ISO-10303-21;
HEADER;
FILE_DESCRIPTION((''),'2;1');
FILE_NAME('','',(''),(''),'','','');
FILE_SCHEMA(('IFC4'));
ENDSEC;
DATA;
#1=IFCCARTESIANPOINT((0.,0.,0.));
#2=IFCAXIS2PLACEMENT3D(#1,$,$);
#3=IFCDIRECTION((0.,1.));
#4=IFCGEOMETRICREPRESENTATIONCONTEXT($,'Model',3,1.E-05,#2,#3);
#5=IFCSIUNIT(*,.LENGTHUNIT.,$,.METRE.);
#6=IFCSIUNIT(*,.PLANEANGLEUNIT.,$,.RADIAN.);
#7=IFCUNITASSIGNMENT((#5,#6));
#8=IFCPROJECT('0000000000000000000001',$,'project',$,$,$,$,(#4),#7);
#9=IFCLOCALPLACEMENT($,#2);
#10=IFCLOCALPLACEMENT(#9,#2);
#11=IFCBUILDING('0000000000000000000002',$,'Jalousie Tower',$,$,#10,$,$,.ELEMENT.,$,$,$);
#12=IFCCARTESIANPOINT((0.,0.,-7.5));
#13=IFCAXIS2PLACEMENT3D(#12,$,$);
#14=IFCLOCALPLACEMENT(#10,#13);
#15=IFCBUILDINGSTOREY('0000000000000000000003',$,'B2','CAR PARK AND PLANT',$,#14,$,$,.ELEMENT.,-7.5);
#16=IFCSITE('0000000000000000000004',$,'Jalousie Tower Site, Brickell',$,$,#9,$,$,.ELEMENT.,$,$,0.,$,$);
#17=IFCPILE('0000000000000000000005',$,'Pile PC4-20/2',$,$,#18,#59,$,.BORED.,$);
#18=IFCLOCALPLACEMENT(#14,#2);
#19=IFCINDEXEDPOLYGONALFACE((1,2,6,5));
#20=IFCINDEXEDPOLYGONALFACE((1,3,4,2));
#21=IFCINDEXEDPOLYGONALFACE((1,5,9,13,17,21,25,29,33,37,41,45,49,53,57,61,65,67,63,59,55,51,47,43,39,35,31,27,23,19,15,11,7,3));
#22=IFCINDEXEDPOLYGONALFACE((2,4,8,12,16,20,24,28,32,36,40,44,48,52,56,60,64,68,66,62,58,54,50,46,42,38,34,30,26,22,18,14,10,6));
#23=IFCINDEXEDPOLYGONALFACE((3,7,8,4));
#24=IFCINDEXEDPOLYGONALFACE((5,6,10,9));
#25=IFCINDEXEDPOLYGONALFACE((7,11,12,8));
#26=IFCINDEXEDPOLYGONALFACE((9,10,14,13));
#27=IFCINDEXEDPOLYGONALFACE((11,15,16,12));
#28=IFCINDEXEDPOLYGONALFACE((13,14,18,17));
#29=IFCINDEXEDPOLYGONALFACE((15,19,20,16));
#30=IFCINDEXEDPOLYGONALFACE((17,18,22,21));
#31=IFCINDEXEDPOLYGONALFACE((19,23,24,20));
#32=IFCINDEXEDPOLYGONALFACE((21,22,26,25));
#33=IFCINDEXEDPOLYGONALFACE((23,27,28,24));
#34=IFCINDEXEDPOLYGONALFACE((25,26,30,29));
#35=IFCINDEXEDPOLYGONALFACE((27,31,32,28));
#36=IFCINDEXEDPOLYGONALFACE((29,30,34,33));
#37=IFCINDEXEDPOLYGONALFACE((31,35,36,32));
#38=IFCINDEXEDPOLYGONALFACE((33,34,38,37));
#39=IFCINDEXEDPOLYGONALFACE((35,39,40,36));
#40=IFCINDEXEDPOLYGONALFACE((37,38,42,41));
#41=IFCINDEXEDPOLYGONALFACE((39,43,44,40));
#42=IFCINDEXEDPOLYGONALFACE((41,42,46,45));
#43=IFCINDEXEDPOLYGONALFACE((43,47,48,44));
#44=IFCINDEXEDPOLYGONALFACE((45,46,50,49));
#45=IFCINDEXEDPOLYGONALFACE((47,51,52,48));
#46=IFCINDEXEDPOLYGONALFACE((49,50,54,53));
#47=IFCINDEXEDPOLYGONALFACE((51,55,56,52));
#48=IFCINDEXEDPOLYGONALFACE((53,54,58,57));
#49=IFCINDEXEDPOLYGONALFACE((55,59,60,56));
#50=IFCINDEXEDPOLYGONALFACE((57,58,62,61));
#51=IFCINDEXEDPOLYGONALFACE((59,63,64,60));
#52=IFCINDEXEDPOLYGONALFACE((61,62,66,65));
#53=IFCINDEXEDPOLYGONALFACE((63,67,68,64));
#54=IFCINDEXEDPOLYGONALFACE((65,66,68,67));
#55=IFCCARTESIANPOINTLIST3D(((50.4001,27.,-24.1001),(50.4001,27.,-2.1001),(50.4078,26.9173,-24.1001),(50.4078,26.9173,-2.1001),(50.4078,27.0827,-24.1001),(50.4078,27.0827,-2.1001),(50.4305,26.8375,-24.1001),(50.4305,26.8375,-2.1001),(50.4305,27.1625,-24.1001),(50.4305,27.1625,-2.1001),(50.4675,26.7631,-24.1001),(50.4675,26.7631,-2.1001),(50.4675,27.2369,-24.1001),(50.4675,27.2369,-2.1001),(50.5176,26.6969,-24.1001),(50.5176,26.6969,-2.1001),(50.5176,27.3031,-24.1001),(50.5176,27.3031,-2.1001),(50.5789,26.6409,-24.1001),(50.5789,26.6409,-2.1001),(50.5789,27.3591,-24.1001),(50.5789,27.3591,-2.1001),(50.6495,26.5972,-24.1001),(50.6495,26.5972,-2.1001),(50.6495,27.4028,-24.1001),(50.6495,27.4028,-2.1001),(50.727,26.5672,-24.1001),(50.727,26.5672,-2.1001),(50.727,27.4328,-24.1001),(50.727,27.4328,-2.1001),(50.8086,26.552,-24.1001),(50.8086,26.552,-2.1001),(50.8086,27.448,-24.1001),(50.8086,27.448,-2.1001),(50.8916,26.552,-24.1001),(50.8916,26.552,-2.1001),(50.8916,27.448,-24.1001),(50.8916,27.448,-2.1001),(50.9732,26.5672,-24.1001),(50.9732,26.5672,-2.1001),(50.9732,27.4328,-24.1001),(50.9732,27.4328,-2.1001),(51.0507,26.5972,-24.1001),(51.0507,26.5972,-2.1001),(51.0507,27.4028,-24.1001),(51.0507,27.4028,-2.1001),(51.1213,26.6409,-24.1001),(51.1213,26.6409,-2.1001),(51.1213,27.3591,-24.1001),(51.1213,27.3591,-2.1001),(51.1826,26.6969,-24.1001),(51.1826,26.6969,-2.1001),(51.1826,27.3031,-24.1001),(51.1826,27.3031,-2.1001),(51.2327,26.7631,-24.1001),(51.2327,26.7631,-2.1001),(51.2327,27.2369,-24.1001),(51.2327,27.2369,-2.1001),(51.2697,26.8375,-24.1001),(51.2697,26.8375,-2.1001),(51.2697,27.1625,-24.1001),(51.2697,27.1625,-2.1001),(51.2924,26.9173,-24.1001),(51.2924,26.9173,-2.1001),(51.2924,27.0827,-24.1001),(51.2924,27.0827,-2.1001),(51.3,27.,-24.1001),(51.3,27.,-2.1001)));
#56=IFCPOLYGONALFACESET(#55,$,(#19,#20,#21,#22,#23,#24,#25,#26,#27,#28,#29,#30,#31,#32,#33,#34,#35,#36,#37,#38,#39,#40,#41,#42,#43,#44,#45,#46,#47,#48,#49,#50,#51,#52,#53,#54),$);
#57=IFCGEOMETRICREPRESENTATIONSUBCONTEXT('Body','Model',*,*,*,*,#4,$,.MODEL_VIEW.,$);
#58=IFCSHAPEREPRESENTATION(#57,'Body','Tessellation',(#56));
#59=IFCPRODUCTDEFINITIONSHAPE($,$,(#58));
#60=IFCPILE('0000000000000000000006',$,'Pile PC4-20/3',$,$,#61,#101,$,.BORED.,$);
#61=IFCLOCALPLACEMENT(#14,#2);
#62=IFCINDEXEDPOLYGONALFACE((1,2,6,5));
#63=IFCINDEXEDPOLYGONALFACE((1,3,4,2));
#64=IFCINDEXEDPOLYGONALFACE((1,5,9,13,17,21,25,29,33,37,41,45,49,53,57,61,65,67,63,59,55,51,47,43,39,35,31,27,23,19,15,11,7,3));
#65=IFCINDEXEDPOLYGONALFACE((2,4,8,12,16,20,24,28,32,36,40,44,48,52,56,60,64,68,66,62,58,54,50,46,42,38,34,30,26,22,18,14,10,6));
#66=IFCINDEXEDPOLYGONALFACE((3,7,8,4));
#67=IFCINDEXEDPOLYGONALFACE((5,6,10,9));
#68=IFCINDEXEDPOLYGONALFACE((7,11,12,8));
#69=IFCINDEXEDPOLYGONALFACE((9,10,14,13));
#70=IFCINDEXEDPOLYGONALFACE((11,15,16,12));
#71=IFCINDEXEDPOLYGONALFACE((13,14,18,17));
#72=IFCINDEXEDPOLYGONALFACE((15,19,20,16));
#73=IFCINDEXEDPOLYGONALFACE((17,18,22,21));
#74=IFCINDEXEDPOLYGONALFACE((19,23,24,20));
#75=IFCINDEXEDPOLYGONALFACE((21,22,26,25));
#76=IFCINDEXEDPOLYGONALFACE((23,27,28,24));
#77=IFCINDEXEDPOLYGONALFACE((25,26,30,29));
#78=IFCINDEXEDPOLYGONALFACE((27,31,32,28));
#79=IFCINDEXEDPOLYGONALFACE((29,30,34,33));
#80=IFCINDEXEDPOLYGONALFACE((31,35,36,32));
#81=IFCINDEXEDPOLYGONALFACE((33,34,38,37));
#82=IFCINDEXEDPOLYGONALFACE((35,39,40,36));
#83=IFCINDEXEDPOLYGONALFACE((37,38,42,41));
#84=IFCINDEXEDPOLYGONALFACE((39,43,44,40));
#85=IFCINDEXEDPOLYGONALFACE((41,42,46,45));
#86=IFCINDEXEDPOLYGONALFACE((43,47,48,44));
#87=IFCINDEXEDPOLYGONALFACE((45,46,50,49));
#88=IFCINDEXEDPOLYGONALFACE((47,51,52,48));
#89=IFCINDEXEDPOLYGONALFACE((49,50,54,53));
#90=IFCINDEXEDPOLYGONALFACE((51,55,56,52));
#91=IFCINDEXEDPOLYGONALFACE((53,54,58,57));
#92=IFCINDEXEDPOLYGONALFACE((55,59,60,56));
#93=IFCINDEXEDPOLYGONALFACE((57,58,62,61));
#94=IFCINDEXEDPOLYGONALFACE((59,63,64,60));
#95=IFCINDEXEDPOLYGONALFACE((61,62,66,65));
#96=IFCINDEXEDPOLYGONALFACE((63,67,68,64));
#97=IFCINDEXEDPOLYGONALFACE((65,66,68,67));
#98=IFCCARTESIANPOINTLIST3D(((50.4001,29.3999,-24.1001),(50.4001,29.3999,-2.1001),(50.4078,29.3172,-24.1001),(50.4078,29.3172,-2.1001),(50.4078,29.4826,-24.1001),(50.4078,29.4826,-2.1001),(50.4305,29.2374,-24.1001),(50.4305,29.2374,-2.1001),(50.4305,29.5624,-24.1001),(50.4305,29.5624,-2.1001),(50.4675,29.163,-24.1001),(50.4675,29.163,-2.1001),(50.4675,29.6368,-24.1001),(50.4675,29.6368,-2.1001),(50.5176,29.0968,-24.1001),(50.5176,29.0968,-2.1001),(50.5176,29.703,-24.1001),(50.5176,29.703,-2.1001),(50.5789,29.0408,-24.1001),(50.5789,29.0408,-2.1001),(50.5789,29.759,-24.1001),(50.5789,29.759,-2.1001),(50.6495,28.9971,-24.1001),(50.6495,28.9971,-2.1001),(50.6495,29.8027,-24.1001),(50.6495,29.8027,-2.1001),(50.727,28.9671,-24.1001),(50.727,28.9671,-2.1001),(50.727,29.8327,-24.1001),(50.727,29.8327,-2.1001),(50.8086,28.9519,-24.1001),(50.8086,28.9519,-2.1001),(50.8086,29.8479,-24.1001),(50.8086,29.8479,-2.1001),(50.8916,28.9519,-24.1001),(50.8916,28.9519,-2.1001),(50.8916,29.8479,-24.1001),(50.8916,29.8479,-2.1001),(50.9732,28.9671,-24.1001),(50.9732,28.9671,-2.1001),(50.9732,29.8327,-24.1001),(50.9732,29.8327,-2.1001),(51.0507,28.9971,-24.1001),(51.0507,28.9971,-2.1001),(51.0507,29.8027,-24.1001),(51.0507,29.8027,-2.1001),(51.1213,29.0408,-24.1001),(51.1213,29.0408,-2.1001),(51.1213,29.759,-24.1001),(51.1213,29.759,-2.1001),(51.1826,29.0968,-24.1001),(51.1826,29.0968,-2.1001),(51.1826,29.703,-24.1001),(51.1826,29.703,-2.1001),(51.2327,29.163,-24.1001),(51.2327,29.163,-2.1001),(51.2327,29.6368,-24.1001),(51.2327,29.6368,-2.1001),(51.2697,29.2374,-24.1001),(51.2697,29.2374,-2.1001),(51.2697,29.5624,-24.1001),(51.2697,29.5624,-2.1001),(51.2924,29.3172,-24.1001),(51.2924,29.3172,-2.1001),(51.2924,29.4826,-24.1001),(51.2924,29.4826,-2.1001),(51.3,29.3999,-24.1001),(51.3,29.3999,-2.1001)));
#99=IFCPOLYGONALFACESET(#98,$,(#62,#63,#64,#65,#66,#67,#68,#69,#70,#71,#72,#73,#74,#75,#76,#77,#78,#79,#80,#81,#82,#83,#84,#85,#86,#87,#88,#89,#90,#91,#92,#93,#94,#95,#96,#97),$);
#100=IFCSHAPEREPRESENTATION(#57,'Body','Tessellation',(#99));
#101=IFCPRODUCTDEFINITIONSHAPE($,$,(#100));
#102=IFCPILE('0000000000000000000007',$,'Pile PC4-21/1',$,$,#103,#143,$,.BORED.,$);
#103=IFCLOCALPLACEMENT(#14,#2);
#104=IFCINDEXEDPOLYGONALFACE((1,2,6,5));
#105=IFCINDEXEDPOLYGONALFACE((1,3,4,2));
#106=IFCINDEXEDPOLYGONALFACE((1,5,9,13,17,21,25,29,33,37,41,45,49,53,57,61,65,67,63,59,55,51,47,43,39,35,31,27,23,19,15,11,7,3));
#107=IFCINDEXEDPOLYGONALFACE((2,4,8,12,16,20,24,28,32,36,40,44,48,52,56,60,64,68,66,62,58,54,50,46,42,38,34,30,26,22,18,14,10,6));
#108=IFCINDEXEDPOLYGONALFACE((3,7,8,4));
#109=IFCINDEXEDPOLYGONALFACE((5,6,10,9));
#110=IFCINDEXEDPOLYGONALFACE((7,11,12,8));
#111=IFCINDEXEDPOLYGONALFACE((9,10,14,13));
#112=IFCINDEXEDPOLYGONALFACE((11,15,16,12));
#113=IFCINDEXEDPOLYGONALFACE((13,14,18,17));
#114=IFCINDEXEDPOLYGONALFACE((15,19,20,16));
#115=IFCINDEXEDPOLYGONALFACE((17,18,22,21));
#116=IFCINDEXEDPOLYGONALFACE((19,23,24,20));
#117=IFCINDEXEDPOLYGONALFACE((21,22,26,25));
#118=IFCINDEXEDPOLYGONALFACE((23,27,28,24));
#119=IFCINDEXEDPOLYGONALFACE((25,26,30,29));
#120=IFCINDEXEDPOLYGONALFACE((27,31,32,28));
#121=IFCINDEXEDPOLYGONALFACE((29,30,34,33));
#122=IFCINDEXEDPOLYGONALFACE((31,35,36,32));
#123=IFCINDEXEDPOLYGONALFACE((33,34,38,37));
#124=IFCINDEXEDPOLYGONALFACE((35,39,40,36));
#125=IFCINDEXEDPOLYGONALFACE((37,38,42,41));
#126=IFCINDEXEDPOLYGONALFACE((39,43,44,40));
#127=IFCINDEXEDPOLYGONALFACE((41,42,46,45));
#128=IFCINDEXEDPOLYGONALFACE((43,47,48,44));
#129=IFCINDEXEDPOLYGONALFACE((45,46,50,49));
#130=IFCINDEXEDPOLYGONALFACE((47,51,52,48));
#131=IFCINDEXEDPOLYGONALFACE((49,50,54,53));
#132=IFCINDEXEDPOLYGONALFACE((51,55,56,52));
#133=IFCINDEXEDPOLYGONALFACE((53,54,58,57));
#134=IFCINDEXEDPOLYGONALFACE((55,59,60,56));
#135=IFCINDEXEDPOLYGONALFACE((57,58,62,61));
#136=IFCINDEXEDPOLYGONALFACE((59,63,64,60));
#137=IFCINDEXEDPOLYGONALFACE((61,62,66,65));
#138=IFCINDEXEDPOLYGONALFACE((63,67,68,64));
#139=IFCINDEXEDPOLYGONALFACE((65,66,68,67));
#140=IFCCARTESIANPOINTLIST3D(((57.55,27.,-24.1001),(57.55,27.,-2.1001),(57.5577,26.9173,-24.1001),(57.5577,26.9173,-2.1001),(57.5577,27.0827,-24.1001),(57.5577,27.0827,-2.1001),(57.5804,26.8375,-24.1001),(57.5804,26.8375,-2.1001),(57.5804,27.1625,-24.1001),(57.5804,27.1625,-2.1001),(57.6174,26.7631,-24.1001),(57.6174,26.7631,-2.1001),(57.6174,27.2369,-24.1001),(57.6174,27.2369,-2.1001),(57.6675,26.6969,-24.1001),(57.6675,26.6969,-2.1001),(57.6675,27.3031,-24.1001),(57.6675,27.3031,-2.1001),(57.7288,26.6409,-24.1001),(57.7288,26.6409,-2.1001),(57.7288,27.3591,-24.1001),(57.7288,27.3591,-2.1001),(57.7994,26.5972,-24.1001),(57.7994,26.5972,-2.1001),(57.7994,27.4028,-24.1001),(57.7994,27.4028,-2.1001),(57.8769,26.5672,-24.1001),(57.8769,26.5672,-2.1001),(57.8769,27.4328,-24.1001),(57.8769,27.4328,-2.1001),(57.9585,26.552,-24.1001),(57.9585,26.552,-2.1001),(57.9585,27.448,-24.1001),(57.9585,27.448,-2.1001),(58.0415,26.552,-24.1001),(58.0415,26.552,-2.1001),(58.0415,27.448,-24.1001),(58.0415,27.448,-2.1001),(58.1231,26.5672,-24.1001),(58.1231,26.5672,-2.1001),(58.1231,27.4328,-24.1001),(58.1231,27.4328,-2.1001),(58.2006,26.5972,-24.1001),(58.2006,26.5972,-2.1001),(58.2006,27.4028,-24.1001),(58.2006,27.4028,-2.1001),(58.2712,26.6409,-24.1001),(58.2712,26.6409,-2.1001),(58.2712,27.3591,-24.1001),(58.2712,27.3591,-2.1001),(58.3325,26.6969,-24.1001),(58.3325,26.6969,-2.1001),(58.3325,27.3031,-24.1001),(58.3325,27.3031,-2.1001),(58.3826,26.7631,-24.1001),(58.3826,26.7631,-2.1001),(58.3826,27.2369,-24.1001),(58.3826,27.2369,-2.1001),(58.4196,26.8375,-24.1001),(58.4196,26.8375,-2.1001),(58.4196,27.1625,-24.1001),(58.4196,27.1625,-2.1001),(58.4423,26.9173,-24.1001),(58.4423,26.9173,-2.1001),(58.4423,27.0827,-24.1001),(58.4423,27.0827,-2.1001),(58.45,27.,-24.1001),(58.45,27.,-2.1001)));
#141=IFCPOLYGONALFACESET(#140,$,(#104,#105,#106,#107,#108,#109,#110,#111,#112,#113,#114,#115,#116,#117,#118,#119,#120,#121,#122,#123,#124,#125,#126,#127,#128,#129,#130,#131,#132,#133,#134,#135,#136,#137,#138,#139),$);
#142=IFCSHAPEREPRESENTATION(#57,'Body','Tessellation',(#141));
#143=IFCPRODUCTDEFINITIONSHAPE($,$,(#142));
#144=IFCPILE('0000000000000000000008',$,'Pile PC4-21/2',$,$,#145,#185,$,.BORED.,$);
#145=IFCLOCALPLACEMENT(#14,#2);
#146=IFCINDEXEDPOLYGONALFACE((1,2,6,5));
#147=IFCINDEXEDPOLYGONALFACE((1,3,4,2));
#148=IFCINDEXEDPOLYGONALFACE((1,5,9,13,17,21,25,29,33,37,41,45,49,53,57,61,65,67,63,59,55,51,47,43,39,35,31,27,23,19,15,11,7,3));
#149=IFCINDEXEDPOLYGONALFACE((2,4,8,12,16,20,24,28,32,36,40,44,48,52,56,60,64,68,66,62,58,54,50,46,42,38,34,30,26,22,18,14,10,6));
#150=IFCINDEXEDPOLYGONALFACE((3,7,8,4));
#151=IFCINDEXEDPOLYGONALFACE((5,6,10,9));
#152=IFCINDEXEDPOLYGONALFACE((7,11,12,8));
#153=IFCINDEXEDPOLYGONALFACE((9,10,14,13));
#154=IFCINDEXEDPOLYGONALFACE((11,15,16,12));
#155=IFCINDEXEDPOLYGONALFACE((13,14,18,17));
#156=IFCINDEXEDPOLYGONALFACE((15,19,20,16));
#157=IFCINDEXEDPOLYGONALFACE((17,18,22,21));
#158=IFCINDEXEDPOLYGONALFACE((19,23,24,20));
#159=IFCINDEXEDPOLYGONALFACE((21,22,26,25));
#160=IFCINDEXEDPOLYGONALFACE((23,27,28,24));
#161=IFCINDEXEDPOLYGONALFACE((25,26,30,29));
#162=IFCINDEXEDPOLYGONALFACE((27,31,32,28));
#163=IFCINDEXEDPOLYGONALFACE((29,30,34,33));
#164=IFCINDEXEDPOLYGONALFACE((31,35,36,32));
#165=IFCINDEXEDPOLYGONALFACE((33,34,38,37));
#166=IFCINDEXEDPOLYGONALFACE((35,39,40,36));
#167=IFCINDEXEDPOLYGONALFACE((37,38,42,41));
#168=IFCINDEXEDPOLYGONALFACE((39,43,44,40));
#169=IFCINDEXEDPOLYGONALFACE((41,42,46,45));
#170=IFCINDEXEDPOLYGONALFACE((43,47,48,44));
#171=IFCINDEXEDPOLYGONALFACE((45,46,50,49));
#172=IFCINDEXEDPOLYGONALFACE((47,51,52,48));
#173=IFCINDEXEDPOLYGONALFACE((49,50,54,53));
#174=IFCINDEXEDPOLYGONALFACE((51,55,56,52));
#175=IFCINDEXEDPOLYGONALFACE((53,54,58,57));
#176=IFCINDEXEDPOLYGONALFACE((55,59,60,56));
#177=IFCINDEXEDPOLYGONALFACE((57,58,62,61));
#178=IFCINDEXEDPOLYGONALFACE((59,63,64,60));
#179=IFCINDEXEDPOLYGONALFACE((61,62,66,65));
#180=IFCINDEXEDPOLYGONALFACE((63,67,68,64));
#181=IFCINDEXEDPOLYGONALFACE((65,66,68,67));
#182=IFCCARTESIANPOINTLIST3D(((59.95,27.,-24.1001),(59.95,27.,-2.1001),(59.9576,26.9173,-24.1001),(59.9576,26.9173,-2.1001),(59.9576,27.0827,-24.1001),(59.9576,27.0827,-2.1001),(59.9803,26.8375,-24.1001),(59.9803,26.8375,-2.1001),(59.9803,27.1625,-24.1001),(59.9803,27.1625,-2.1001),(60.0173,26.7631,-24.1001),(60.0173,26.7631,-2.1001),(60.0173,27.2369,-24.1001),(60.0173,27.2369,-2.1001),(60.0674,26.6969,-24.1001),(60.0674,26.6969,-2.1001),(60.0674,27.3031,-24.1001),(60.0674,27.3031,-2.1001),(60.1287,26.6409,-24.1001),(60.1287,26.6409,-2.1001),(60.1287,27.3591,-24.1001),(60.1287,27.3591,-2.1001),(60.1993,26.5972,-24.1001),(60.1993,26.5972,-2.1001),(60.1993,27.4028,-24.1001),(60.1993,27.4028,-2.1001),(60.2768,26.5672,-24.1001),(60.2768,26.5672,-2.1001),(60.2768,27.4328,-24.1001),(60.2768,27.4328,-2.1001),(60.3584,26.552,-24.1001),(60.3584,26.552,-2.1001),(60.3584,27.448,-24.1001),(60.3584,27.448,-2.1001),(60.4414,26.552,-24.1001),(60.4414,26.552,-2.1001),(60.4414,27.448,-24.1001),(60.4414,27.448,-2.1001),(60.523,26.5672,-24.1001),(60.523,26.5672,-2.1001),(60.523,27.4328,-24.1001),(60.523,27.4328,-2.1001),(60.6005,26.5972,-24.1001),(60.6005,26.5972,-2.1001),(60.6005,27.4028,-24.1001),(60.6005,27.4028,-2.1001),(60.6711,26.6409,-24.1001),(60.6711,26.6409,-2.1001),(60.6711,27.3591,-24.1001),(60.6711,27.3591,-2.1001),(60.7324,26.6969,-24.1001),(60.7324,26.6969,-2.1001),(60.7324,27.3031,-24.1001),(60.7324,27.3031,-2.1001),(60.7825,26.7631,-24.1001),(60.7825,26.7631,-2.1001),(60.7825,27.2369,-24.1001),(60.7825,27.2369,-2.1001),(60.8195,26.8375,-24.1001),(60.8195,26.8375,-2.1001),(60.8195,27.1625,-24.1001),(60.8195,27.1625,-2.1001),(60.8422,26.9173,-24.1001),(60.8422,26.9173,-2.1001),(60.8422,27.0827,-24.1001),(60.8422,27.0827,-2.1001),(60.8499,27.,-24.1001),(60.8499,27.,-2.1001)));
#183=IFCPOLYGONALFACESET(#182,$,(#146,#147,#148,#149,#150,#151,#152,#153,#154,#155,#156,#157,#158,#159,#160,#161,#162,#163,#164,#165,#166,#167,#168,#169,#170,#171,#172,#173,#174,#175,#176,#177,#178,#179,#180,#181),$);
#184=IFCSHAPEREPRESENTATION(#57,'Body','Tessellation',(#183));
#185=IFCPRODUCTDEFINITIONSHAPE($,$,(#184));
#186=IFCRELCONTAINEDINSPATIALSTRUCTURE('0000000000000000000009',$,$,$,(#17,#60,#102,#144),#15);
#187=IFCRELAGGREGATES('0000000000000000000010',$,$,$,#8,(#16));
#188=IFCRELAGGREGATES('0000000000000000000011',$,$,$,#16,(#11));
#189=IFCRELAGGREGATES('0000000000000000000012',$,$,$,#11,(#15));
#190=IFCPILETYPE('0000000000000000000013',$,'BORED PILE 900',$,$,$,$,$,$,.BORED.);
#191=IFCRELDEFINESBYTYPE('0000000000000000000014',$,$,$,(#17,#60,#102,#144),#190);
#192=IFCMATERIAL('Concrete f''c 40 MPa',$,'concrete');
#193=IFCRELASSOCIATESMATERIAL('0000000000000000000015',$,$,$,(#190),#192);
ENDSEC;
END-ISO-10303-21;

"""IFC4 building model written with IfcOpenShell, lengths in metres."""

from ifc_helpers import new_model, si_unit, direction, frame, origin, origin_2d, place, context, subcontext, project, spatial, circle, extrude, material, material_profile, profile_set, type_object, element, save


model = new_model("IFC4")

# Units and contexts
model_context = context("Model", 3, precision=1e-05, world=origin(), true_north=direction((0.0, 1.0)))
body_context = subcontext(model_context, "Body", "Model", "MODEL_VIEW")
ifc_project = project(units=[si_unit("LENGTHUNIT", "METRE"), si_unit("PLANEANGLEUNIT", "RADIAN")], contexts=[model_context])

# Site, building, storey
site_placement = place(None, origin())
site = spatial("IfcSite", under=ifc_project, at=site_placement, Name="Jalousie Tower Site, Brickell", CompositionType="ELEMENT", RefElevation=0.0)
building_placement = place(site_placement, origin())
building = spatial("IfcBuilding", under=site, at=building_placement, Name="Jalousie Tower", CompositionType="ELEMENT")
storey_placement = place(building_placement, frame((0.0, 0.0, -7.5)))
storey = spatial("IfcBuildingStorey", under=building, at=storey_placement, Name="B2", Description="CAR PARK AND PLANT", CompositionType="ELEMENT", Elevation=-7.5)

# Piles
ifc_material_1 = material(Name="Concrete f'c 40 MPa", Category="concrete")
ifc_material_profile_1 = material_profile(ifc_material_1, circle(Radius=0.45, at=origin_2d()), Name="BORED PILE D900")
ifc_profile_set_1 = profile_set([ifc_material_profile_1], Name="Concrete f'c 40 MPa")
pile_type = type_object("IfcPileType", Name="BORED PILE 900", PredefinedType="BORED", material=ifc_profile_set_1)
for number, where, z_axis, x_axis, name in (
    (1, (50.8501, 27.0, -2.1001), (0.0, 0.0, -1.0), (1.0, 0.0, 0.0), "Pile PC4-20/2"),
    (2, (50.8501, 29.3999, -2.1001), (0.0, 0.0, -1.0), (1.0, 0.0, 0.0), "Pile PC4-20/3"),
    (3, (58.0, 27.0, -2.1001), (0.0, 0.0, -1.0), (1.0, 0.0, 0.0), "Pile PC4-21/1"),
    (4, (60.3999, 27.0, -2.1001), (0.0, 0.0, -1.0), (1.0, 0.0, 0.0), "Pile PC4-21/2"),
):
    element("IfcPile", number, at=place(storey_placement, frame(where, z_axis=z_axis, x_axis=x_axis)), inside=storey, type_object=pile_type, Name=name, PredefinedType="BORED", context=body_context, shape_type="SweptSolid", body=[
        extrude(circle(Radius=0.45, at=origin_2d()), origin(), (0.0, 0.0, 1.0), 22.0),
    ])

save(model, "model.ifc")
